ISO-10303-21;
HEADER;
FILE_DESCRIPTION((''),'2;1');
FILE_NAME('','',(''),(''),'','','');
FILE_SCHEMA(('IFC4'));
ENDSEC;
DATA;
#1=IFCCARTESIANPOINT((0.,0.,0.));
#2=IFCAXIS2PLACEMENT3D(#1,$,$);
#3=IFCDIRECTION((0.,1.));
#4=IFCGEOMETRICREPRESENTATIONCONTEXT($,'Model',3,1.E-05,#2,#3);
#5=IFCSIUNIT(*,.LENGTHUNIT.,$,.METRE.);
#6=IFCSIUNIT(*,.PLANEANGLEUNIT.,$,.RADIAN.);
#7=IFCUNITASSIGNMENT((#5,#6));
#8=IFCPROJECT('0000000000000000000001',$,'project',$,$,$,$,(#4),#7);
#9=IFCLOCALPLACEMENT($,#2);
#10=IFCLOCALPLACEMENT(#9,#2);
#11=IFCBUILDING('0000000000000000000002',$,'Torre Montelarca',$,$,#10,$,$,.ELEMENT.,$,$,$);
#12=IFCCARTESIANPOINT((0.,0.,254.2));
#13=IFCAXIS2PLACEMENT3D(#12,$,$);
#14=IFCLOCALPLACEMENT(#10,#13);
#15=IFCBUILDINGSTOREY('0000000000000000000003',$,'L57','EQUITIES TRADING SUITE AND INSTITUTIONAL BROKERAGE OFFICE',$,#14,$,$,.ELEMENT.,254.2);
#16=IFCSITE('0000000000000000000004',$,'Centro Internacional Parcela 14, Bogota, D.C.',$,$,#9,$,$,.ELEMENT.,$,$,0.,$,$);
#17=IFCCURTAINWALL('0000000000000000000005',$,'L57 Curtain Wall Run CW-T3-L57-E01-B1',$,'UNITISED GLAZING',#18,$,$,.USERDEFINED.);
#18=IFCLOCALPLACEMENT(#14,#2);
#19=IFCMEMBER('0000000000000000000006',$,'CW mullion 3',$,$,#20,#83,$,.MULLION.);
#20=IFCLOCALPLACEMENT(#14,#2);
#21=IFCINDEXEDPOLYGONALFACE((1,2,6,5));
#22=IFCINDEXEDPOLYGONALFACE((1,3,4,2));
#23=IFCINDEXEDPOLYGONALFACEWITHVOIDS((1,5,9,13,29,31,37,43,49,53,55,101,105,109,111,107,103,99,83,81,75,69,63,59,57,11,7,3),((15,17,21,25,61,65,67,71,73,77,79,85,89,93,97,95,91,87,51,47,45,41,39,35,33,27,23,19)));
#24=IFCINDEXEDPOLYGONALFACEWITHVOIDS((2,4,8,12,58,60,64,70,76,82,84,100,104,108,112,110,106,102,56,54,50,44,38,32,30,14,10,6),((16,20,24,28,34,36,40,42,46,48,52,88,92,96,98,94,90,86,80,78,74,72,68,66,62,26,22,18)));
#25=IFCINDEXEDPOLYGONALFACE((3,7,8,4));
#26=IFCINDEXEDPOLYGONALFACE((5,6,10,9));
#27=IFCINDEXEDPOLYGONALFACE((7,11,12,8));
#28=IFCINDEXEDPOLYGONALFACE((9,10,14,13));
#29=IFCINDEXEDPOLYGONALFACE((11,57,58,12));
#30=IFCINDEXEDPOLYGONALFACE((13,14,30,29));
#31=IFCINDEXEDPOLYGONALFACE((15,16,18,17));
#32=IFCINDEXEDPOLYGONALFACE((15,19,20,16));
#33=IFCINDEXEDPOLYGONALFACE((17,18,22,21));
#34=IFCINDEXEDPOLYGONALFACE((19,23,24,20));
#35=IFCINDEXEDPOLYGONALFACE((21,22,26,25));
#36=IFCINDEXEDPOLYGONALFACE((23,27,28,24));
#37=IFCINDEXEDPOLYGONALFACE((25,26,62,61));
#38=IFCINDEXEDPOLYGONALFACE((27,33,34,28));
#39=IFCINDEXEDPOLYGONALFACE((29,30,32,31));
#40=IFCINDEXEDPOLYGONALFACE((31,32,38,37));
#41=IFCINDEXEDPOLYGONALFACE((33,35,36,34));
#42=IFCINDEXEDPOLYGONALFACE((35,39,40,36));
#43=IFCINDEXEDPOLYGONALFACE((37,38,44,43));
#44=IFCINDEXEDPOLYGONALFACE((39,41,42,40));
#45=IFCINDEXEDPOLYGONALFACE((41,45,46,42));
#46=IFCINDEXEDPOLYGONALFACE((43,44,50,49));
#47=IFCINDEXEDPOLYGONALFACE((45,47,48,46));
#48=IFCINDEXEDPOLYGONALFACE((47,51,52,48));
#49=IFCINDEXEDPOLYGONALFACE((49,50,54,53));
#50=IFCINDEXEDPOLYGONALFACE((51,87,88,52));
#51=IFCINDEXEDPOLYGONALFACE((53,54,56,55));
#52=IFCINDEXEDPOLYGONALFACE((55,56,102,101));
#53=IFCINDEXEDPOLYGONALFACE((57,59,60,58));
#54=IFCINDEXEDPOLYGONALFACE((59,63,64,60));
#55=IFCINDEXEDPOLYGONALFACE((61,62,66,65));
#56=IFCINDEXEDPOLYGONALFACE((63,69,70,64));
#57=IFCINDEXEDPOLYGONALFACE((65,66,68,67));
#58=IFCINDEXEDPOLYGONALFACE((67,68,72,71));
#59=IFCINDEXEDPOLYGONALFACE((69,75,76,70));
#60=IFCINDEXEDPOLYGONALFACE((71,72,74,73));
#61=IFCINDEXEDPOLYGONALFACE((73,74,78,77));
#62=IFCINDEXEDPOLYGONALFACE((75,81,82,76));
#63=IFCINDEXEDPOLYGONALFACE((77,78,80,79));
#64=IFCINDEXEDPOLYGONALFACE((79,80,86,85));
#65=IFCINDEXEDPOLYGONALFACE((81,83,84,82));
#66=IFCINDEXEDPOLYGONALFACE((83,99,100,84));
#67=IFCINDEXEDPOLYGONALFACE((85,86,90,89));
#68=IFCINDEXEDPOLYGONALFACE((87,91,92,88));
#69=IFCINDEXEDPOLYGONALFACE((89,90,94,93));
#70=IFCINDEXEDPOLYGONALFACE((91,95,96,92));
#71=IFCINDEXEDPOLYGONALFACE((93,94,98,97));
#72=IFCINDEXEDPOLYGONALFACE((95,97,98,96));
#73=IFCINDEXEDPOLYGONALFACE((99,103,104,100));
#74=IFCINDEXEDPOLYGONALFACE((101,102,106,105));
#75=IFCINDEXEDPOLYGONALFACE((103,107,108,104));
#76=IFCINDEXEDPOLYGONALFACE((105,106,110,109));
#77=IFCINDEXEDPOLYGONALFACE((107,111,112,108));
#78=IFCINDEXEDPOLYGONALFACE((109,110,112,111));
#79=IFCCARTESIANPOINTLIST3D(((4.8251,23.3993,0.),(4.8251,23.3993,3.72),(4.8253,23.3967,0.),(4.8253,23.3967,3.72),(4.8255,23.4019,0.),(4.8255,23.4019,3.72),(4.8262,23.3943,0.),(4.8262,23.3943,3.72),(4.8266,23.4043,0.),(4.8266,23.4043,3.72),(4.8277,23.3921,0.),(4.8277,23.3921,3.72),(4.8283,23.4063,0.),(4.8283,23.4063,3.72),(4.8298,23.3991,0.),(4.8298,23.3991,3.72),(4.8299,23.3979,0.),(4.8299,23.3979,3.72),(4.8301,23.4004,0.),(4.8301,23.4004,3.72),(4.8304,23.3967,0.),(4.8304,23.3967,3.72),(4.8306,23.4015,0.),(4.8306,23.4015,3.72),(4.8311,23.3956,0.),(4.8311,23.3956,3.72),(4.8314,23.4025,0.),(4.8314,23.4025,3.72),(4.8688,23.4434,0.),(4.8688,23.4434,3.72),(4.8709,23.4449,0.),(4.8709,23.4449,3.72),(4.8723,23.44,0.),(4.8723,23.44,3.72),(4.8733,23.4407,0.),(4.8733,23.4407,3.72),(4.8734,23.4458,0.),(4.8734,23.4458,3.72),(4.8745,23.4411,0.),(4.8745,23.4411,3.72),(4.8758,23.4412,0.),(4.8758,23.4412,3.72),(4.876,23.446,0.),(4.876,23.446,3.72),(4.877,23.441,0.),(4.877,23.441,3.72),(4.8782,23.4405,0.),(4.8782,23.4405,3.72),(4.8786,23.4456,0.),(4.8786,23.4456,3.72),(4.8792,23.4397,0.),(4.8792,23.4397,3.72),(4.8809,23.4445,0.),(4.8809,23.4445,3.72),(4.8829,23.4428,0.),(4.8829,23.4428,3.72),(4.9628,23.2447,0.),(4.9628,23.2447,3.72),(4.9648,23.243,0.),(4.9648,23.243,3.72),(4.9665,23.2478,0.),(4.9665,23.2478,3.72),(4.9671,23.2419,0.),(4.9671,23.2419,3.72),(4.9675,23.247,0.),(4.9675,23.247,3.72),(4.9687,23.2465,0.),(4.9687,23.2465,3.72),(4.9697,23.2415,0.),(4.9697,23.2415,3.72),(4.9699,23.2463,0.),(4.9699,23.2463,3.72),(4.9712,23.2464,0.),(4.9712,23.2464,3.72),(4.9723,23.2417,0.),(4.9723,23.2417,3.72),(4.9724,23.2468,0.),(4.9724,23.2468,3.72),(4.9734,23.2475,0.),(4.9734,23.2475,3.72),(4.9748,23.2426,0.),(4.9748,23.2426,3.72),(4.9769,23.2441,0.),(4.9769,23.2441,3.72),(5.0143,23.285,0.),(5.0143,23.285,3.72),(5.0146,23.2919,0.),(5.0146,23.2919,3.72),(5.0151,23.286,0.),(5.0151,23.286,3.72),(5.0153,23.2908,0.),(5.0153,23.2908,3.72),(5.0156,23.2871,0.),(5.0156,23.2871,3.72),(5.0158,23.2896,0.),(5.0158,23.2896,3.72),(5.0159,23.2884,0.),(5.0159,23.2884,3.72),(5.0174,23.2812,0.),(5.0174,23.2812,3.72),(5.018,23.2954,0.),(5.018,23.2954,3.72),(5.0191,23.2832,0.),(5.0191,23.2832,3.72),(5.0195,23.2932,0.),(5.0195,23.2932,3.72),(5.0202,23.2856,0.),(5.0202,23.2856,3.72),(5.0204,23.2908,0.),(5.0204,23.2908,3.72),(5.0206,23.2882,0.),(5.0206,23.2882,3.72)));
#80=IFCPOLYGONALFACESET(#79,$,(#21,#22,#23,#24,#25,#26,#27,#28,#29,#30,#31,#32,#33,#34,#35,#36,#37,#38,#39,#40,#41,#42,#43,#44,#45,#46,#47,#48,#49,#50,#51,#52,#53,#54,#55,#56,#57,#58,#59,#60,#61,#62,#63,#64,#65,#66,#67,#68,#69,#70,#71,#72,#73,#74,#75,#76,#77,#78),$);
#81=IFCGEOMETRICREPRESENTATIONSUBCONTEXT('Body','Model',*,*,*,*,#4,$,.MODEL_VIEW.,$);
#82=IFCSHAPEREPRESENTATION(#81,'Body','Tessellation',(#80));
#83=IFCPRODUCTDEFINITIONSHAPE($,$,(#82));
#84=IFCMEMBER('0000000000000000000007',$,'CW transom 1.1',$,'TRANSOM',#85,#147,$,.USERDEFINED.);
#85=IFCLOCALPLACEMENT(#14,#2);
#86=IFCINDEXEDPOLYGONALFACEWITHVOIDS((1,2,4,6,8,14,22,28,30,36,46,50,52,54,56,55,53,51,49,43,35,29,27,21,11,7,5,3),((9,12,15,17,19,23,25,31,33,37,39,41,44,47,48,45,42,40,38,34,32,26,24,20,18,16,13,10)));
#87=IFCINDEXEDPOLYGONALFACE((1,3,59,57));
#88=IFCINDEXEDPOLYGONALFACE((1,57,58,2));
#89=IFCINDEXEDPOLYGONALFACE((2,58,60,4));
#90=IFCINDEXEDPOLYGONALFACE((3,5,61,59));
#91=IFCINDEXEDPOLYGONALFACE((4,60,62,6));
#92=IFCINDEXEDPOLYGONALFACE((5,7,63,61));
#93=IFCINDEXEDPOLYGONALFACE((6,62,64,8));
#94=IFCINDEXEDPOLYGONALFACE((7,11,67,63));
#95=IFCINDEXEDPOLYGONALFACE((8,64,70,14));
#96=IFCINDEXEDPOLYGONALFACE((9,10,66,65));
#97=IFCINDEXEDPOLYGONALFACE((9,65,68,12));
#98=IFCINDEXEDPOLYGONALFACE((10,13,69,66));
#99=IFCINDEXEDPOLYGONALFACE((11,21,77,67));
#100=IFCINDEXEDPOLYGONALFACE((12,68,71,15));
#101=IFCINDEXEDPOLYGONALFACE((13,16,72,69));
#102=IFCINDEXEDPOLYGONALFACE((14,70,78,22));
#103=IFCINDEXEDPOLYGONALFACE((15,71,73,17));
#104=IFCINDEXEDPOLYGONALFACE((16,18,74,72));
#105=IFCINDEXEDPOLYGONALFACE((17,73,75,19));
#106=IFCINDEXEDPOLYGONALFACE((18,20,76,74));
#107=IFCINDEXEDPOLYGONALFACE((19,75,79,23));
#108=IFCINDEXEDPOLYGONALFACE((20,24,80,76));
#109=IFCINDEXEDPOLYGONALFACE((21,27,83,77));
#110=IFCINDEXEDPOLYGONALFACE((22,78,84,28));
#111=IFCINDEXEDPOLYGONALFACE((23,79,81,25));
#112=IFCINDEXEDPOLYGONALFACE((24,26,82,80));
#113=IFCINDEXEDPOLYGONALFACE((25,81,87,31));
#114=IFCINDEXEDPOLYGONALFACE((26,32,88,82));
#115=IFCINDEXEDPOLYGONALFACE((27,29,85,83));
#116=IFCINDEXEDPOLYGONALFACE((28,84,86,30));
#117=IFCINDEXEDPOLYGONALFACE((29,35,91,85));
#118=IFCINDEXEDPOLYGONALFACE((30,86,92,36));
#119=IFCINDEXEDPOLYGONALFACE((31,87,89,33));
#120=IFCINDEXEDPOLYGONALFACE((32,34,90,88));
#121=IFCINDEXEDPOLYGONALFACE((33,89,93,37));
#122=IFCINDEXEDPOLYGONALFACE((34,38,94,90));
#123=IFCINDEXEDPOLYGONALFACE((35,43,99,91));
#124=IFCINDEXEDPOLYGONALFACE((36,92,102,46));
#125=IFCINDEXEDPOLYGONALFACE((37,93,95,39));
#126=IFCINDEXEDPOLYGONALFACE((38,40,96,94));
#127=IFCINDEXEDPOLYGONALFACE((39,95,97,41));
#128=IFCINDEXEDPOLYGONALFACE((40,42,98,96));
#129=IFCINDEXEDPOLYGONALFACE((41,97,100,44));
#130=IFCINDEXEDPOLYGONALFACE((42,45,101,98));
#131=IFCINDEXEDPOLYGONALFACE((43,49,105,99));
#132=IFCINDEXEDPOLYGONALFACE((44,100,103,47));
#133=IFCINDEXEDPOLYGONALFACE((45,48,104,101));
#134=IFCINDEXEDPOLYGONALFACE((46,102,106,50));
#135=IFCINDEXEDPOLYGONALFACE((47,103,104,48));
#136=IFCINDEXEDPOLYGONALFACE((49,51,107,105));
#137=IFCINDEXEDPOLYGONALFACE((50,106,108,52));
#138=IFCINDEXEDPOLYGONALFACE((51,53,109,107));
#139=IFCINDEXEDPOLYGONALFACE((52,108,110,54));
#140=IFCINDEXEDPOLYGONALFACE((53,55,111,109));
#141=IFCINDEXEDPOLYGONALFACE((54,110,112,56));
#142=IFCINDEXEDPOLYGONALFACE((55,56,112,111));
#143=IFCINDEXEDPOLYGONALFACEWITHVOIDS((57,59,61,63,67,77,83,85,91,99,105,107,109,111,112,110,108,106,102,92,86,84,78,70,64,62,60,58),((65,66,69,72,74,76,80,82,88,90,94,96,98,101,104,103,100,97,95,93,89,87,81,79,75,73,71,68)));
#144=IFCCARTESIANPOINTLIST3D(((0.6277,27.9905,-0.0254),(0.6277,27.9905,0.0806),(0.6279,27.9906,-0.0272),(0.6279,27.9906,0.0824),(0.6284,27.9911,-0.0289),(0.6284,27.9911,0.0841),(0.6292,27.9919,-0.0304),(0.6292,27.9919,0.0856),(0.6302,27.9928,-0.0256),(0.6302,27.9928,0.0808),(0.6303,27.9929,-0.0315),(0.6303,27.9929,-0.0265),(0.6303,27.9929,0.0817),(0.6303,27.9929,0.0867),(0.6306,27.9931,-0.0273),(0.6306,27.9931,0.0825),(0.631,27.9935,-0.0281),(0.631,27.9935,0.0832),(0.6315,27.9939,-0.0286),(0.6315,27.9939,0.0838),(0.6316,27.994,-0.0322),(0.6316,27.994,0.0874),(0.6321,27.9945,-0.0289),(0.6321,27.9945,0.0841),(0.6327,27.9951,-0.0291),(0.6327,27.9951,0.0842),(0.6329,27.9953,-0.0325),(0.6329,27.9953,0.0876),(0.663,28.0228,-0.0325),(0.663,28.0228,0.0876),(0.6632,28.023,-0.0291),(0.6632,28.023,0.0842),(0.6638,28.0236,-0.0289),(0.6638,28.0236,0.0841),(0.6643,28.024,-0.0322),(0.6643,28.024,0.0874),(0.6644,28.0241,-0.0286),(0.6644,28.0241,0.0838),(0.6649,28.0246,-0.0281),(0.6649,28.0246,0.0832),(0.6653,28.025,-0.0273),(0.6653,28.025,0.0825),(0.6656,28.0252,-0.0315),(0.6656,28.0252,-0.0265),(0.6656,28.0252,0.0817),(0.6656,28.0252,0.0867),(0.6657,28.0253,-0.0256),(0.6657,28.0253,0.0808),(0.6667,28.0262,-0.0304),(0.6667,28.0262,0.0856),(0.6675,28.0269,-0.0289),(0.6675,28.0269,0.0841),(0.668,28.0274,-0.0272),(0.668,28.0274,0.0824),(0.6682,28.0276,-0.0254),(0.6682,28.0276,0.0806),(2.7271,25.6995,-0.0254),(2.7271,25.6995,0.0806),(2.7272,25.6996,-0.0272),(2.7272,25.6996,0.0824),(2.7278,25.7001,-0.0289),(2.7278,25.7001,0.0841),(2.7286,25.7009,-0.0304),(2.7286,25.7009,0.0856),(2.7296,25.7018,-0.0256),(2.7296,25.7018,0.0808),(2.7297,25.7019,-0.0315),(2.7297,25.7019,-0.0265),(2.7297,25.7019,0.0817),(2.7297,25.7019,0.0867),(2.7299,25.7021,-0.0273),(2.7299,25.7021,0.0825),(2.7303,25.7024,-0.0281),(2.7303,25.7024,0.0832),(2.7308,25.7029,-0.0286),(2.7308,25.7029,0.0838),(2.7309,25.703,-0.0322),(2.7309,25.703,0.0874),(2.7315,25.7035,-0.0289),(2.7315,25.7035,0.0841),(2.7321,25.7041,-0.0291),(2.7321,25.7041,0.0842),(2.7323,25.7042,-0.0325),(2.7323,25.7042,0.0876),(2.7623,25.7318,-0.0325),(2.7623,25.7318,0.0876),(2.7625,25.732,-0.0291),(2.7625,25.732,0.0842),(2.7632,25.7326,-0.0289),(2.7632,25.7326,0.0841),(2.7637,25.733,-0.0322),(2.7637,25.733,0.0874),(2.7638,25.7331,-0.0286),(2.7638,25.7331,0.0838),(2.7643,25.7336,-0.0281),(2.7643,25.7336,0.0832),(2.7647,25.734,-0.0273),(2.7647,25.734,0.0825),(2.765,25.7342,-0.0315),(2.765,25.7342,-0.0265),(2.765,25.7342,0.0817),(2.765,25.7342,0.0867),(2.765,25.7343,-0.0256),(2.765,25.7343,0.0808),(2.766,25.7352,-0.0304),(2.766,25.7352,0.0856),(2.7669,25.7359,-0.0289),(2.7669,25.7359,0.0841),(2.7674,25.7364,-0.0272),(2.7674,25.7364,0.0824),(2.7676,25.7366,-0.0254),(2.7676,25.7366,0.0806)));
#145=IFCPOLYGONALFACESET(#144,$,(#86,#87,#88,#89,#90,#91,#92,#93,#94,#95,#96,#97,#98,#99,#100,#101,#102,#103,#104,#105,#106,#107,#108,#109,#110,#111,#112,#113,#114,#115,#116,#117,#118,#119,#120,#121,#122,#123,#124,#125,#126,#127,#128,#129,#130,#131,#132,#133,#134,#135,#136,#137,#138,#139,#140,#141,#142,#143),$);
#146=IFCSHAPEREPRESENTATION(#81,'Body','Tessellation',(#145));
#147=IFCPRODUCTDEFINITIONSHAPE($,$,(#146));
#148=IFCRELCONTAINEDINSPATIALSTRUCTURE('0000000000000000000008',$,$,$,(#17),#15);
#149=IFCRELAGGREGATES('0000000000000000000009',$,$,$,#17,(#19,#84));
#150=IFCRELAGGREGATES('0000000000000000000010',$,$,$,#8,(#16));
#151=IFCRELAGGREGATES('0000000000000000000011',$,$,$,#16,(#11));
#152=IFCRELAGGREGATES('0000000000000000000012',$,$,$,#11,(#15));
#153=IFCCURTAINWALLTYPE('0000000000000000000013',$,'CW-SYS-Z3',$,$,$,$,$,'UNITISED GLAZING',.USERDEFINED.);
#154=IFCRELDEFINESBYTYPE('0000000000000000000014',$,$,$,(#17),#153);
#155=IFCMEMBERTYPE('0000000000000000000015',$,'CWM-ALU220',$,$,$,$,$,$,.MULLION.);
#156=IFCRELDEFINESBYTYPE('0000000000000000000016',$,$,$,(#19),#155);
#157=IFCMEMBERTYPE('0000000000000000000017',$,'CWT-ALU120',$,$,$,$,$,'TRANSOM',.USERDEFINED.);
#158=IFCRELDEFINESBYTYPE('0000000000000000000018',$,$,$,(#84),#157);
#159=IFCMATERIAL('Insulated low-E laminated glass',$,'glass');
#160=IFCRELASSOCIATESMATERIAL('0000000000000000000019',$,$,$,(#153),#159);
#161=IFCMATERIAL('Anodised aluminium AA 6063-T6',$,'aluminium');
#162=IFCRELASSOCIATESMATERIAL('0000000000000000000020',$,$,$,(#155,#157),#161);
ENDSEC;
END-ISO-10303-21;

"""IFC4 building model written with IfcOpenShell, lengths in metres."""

from ifc_helpers import new_model, si_unit, direction, frame, origin, origin_2d, place, context, subcontext, project, spatial, hollow_rectangle, extrude, source, transform, mapped, material, material_profile, profile_set, type_object, element, aggregate, save


model = new_model("IFC4")

# Units and contexts
model_context = context("Model", 3, precision=1e-05, world=origin(), true_north=direction((0.0, 1.0)))
body_context = subcontext(model_context, "Body", "Model", "MODEL_VIEW")
ifc_project = project(units=[si_unit("LENGTHUNIT", "METRE"), si_unit("PLANEANGLEUNIT", "RADIAN")], contexts=[model_context])

# Site, building, storey
site_placement = place(None, origin())
site = spatial("IfcSite", under=ifc_project, at=site_placement, Name="Centro Internacional Parcela 14, Bogota, D.C.", CompositionType="ELEMENT", RefElevation=0.0)
building_placement = place(site_placement, origin())
building = spatial("IfcBuilding", under=site, at=building_placement, Name="Torre Montelarca", CompositionType="ELEMENT")
storey_placement = place(building_placement, frame((0.0, 0.0, 254.2)))
storey = spatial("IfcBuildingStorey", under=building, at=storey_placement, Name="L57", Description="EQUITIES TRADING SUITE AND INSTITUTIONAL BROKERAGE OFFICE", CompositionType="ELEMENT", Elevation=254.2)

# Curtain wall, members
ifc_material_1 = material(Name="Insulated low-E laminated glass", Category="glass")
curtain_wall_type = type_object("IfcCurtainWallType", Name="CW-SYS-Z3", ElementType="UNITISED GLAZING", PredefinedType="USERDEFINED", material=ifc_material_1)
curtain_wall_placement = place(storey_placement, origin())
curtain_wall = element("IfcCurtainWall", 1, at=curtain_wall_placement, inside=storey, type_object=curtain_wall_type, Name="L57 Curtain Wall Run CW-T3-L57-E01-B1", ObjectType="UNITISED GLAZING", PredefinedType="USERDEFINED")
ifc_material_2 = material(Name="Anodised aluminium AA 6063-T6", Category="aluminium")
ifc_material_profile_1 = material_profile(ifc_material_2, hollow_rectangle(XDim=0.075, YDim=0.22, WallThickness=0.0049, InnerFilletRadius=0.0049, OuterFilletRadius=0.01, at=origin_2d()), Name="ALU75X220X5", Category="aluminium")
ifc_profile_set_1 = profile_set([ifc_material_profile_1], Name="Anodised aluminium AA 6063-T6")
member_type_1 = type_object("IfcMemberType", Name="CWM-ALU220", PredefinedType="MULLION", material=ifc_profile_set_1)
shared_shape_1 = source(origin(), body_context, "Body", "SweptSolid", [
    extrude(hollow_rectangle(XDim=0.075, YDim=0.22, WallThickness=0.0049, InnerFilletRadius=0.0049, OuterFilletRadius=0.01, at=origin_2d()), origin(), (0.0, 0.0, 1.0), 3.72),
])
member_1_placement = place(storey_placement, frame((4.9229, 23.3438, 0.0), z_axis=(0.0, 0.0, 1.0), x_axis=(0.73728, 0.675588, 0.0)))
member_1 = element("IfcMember", 2, at=member_1_placement, type_object=member_type_1, Name="CW mullion 3", PredefinedType="MULLION", context=body_context, shape_type="MappedRepresentation", body=[
    mapped(shared_shape_1, transform((0.0, 0.0, 0.0), scale=1.0)),
])
ifc_material_profile_2 = material_profile(ifc_material_2, hollow_rectangle(XDim=0.0549, YDim=0.1201, WallThickness=0.0034, InnerFilletRadius=0.0034, OuterFilletRadius=0.0071, at=origin_2d()), Name="ALU55X120X3.5", Category="aluminium")
ifc_profile_set_2 = profile_set([ifc_material_profile_2], Name="Anodised aluminium AA 6063-T6")
member_type_2 = type_object("IfcMemberType", Name="CWT-ALU120", ElementType="TRANSOM", PredefinedType="USERDEFINED", material=ifc_profile_set_2)
shared_shape_2 = source(origin(), body_context, "Body", "SweptSolid", [
    extrude(hollow_rectangle(XDim=0.0549, YDim=0.1201, WallThickness=0.0034, InnerFilletRadius=0.0034, OuterFilletRadius=0.0071, at=origin_2d()), origin(), (0.0, 0.0, 1.0), 3.1074),
])
member_2_placement = place(storey_placement, frame((0.6479, 28.009, 0.0276), z_axis=(0.675597, -0.737272, 0.0), x_axis=(0.737272, 0.675597, 0.0)))
member_2 = element("IfcMember", 3, at=member_2_placement, type_object=member_type_2, Name="CW transom 1.1", ObjectType="TRANSOM", PredefinedType="USERDEFINED", context=body_context, shape_type="MappedRepresentation", body=[
    mapped(shared_shape_2, transform((0.0, 0.0, 0.0), scale=1.0)),
])
aggregate(curtain_wall, [member_1, member_2])

save(model, "model.ifc")
